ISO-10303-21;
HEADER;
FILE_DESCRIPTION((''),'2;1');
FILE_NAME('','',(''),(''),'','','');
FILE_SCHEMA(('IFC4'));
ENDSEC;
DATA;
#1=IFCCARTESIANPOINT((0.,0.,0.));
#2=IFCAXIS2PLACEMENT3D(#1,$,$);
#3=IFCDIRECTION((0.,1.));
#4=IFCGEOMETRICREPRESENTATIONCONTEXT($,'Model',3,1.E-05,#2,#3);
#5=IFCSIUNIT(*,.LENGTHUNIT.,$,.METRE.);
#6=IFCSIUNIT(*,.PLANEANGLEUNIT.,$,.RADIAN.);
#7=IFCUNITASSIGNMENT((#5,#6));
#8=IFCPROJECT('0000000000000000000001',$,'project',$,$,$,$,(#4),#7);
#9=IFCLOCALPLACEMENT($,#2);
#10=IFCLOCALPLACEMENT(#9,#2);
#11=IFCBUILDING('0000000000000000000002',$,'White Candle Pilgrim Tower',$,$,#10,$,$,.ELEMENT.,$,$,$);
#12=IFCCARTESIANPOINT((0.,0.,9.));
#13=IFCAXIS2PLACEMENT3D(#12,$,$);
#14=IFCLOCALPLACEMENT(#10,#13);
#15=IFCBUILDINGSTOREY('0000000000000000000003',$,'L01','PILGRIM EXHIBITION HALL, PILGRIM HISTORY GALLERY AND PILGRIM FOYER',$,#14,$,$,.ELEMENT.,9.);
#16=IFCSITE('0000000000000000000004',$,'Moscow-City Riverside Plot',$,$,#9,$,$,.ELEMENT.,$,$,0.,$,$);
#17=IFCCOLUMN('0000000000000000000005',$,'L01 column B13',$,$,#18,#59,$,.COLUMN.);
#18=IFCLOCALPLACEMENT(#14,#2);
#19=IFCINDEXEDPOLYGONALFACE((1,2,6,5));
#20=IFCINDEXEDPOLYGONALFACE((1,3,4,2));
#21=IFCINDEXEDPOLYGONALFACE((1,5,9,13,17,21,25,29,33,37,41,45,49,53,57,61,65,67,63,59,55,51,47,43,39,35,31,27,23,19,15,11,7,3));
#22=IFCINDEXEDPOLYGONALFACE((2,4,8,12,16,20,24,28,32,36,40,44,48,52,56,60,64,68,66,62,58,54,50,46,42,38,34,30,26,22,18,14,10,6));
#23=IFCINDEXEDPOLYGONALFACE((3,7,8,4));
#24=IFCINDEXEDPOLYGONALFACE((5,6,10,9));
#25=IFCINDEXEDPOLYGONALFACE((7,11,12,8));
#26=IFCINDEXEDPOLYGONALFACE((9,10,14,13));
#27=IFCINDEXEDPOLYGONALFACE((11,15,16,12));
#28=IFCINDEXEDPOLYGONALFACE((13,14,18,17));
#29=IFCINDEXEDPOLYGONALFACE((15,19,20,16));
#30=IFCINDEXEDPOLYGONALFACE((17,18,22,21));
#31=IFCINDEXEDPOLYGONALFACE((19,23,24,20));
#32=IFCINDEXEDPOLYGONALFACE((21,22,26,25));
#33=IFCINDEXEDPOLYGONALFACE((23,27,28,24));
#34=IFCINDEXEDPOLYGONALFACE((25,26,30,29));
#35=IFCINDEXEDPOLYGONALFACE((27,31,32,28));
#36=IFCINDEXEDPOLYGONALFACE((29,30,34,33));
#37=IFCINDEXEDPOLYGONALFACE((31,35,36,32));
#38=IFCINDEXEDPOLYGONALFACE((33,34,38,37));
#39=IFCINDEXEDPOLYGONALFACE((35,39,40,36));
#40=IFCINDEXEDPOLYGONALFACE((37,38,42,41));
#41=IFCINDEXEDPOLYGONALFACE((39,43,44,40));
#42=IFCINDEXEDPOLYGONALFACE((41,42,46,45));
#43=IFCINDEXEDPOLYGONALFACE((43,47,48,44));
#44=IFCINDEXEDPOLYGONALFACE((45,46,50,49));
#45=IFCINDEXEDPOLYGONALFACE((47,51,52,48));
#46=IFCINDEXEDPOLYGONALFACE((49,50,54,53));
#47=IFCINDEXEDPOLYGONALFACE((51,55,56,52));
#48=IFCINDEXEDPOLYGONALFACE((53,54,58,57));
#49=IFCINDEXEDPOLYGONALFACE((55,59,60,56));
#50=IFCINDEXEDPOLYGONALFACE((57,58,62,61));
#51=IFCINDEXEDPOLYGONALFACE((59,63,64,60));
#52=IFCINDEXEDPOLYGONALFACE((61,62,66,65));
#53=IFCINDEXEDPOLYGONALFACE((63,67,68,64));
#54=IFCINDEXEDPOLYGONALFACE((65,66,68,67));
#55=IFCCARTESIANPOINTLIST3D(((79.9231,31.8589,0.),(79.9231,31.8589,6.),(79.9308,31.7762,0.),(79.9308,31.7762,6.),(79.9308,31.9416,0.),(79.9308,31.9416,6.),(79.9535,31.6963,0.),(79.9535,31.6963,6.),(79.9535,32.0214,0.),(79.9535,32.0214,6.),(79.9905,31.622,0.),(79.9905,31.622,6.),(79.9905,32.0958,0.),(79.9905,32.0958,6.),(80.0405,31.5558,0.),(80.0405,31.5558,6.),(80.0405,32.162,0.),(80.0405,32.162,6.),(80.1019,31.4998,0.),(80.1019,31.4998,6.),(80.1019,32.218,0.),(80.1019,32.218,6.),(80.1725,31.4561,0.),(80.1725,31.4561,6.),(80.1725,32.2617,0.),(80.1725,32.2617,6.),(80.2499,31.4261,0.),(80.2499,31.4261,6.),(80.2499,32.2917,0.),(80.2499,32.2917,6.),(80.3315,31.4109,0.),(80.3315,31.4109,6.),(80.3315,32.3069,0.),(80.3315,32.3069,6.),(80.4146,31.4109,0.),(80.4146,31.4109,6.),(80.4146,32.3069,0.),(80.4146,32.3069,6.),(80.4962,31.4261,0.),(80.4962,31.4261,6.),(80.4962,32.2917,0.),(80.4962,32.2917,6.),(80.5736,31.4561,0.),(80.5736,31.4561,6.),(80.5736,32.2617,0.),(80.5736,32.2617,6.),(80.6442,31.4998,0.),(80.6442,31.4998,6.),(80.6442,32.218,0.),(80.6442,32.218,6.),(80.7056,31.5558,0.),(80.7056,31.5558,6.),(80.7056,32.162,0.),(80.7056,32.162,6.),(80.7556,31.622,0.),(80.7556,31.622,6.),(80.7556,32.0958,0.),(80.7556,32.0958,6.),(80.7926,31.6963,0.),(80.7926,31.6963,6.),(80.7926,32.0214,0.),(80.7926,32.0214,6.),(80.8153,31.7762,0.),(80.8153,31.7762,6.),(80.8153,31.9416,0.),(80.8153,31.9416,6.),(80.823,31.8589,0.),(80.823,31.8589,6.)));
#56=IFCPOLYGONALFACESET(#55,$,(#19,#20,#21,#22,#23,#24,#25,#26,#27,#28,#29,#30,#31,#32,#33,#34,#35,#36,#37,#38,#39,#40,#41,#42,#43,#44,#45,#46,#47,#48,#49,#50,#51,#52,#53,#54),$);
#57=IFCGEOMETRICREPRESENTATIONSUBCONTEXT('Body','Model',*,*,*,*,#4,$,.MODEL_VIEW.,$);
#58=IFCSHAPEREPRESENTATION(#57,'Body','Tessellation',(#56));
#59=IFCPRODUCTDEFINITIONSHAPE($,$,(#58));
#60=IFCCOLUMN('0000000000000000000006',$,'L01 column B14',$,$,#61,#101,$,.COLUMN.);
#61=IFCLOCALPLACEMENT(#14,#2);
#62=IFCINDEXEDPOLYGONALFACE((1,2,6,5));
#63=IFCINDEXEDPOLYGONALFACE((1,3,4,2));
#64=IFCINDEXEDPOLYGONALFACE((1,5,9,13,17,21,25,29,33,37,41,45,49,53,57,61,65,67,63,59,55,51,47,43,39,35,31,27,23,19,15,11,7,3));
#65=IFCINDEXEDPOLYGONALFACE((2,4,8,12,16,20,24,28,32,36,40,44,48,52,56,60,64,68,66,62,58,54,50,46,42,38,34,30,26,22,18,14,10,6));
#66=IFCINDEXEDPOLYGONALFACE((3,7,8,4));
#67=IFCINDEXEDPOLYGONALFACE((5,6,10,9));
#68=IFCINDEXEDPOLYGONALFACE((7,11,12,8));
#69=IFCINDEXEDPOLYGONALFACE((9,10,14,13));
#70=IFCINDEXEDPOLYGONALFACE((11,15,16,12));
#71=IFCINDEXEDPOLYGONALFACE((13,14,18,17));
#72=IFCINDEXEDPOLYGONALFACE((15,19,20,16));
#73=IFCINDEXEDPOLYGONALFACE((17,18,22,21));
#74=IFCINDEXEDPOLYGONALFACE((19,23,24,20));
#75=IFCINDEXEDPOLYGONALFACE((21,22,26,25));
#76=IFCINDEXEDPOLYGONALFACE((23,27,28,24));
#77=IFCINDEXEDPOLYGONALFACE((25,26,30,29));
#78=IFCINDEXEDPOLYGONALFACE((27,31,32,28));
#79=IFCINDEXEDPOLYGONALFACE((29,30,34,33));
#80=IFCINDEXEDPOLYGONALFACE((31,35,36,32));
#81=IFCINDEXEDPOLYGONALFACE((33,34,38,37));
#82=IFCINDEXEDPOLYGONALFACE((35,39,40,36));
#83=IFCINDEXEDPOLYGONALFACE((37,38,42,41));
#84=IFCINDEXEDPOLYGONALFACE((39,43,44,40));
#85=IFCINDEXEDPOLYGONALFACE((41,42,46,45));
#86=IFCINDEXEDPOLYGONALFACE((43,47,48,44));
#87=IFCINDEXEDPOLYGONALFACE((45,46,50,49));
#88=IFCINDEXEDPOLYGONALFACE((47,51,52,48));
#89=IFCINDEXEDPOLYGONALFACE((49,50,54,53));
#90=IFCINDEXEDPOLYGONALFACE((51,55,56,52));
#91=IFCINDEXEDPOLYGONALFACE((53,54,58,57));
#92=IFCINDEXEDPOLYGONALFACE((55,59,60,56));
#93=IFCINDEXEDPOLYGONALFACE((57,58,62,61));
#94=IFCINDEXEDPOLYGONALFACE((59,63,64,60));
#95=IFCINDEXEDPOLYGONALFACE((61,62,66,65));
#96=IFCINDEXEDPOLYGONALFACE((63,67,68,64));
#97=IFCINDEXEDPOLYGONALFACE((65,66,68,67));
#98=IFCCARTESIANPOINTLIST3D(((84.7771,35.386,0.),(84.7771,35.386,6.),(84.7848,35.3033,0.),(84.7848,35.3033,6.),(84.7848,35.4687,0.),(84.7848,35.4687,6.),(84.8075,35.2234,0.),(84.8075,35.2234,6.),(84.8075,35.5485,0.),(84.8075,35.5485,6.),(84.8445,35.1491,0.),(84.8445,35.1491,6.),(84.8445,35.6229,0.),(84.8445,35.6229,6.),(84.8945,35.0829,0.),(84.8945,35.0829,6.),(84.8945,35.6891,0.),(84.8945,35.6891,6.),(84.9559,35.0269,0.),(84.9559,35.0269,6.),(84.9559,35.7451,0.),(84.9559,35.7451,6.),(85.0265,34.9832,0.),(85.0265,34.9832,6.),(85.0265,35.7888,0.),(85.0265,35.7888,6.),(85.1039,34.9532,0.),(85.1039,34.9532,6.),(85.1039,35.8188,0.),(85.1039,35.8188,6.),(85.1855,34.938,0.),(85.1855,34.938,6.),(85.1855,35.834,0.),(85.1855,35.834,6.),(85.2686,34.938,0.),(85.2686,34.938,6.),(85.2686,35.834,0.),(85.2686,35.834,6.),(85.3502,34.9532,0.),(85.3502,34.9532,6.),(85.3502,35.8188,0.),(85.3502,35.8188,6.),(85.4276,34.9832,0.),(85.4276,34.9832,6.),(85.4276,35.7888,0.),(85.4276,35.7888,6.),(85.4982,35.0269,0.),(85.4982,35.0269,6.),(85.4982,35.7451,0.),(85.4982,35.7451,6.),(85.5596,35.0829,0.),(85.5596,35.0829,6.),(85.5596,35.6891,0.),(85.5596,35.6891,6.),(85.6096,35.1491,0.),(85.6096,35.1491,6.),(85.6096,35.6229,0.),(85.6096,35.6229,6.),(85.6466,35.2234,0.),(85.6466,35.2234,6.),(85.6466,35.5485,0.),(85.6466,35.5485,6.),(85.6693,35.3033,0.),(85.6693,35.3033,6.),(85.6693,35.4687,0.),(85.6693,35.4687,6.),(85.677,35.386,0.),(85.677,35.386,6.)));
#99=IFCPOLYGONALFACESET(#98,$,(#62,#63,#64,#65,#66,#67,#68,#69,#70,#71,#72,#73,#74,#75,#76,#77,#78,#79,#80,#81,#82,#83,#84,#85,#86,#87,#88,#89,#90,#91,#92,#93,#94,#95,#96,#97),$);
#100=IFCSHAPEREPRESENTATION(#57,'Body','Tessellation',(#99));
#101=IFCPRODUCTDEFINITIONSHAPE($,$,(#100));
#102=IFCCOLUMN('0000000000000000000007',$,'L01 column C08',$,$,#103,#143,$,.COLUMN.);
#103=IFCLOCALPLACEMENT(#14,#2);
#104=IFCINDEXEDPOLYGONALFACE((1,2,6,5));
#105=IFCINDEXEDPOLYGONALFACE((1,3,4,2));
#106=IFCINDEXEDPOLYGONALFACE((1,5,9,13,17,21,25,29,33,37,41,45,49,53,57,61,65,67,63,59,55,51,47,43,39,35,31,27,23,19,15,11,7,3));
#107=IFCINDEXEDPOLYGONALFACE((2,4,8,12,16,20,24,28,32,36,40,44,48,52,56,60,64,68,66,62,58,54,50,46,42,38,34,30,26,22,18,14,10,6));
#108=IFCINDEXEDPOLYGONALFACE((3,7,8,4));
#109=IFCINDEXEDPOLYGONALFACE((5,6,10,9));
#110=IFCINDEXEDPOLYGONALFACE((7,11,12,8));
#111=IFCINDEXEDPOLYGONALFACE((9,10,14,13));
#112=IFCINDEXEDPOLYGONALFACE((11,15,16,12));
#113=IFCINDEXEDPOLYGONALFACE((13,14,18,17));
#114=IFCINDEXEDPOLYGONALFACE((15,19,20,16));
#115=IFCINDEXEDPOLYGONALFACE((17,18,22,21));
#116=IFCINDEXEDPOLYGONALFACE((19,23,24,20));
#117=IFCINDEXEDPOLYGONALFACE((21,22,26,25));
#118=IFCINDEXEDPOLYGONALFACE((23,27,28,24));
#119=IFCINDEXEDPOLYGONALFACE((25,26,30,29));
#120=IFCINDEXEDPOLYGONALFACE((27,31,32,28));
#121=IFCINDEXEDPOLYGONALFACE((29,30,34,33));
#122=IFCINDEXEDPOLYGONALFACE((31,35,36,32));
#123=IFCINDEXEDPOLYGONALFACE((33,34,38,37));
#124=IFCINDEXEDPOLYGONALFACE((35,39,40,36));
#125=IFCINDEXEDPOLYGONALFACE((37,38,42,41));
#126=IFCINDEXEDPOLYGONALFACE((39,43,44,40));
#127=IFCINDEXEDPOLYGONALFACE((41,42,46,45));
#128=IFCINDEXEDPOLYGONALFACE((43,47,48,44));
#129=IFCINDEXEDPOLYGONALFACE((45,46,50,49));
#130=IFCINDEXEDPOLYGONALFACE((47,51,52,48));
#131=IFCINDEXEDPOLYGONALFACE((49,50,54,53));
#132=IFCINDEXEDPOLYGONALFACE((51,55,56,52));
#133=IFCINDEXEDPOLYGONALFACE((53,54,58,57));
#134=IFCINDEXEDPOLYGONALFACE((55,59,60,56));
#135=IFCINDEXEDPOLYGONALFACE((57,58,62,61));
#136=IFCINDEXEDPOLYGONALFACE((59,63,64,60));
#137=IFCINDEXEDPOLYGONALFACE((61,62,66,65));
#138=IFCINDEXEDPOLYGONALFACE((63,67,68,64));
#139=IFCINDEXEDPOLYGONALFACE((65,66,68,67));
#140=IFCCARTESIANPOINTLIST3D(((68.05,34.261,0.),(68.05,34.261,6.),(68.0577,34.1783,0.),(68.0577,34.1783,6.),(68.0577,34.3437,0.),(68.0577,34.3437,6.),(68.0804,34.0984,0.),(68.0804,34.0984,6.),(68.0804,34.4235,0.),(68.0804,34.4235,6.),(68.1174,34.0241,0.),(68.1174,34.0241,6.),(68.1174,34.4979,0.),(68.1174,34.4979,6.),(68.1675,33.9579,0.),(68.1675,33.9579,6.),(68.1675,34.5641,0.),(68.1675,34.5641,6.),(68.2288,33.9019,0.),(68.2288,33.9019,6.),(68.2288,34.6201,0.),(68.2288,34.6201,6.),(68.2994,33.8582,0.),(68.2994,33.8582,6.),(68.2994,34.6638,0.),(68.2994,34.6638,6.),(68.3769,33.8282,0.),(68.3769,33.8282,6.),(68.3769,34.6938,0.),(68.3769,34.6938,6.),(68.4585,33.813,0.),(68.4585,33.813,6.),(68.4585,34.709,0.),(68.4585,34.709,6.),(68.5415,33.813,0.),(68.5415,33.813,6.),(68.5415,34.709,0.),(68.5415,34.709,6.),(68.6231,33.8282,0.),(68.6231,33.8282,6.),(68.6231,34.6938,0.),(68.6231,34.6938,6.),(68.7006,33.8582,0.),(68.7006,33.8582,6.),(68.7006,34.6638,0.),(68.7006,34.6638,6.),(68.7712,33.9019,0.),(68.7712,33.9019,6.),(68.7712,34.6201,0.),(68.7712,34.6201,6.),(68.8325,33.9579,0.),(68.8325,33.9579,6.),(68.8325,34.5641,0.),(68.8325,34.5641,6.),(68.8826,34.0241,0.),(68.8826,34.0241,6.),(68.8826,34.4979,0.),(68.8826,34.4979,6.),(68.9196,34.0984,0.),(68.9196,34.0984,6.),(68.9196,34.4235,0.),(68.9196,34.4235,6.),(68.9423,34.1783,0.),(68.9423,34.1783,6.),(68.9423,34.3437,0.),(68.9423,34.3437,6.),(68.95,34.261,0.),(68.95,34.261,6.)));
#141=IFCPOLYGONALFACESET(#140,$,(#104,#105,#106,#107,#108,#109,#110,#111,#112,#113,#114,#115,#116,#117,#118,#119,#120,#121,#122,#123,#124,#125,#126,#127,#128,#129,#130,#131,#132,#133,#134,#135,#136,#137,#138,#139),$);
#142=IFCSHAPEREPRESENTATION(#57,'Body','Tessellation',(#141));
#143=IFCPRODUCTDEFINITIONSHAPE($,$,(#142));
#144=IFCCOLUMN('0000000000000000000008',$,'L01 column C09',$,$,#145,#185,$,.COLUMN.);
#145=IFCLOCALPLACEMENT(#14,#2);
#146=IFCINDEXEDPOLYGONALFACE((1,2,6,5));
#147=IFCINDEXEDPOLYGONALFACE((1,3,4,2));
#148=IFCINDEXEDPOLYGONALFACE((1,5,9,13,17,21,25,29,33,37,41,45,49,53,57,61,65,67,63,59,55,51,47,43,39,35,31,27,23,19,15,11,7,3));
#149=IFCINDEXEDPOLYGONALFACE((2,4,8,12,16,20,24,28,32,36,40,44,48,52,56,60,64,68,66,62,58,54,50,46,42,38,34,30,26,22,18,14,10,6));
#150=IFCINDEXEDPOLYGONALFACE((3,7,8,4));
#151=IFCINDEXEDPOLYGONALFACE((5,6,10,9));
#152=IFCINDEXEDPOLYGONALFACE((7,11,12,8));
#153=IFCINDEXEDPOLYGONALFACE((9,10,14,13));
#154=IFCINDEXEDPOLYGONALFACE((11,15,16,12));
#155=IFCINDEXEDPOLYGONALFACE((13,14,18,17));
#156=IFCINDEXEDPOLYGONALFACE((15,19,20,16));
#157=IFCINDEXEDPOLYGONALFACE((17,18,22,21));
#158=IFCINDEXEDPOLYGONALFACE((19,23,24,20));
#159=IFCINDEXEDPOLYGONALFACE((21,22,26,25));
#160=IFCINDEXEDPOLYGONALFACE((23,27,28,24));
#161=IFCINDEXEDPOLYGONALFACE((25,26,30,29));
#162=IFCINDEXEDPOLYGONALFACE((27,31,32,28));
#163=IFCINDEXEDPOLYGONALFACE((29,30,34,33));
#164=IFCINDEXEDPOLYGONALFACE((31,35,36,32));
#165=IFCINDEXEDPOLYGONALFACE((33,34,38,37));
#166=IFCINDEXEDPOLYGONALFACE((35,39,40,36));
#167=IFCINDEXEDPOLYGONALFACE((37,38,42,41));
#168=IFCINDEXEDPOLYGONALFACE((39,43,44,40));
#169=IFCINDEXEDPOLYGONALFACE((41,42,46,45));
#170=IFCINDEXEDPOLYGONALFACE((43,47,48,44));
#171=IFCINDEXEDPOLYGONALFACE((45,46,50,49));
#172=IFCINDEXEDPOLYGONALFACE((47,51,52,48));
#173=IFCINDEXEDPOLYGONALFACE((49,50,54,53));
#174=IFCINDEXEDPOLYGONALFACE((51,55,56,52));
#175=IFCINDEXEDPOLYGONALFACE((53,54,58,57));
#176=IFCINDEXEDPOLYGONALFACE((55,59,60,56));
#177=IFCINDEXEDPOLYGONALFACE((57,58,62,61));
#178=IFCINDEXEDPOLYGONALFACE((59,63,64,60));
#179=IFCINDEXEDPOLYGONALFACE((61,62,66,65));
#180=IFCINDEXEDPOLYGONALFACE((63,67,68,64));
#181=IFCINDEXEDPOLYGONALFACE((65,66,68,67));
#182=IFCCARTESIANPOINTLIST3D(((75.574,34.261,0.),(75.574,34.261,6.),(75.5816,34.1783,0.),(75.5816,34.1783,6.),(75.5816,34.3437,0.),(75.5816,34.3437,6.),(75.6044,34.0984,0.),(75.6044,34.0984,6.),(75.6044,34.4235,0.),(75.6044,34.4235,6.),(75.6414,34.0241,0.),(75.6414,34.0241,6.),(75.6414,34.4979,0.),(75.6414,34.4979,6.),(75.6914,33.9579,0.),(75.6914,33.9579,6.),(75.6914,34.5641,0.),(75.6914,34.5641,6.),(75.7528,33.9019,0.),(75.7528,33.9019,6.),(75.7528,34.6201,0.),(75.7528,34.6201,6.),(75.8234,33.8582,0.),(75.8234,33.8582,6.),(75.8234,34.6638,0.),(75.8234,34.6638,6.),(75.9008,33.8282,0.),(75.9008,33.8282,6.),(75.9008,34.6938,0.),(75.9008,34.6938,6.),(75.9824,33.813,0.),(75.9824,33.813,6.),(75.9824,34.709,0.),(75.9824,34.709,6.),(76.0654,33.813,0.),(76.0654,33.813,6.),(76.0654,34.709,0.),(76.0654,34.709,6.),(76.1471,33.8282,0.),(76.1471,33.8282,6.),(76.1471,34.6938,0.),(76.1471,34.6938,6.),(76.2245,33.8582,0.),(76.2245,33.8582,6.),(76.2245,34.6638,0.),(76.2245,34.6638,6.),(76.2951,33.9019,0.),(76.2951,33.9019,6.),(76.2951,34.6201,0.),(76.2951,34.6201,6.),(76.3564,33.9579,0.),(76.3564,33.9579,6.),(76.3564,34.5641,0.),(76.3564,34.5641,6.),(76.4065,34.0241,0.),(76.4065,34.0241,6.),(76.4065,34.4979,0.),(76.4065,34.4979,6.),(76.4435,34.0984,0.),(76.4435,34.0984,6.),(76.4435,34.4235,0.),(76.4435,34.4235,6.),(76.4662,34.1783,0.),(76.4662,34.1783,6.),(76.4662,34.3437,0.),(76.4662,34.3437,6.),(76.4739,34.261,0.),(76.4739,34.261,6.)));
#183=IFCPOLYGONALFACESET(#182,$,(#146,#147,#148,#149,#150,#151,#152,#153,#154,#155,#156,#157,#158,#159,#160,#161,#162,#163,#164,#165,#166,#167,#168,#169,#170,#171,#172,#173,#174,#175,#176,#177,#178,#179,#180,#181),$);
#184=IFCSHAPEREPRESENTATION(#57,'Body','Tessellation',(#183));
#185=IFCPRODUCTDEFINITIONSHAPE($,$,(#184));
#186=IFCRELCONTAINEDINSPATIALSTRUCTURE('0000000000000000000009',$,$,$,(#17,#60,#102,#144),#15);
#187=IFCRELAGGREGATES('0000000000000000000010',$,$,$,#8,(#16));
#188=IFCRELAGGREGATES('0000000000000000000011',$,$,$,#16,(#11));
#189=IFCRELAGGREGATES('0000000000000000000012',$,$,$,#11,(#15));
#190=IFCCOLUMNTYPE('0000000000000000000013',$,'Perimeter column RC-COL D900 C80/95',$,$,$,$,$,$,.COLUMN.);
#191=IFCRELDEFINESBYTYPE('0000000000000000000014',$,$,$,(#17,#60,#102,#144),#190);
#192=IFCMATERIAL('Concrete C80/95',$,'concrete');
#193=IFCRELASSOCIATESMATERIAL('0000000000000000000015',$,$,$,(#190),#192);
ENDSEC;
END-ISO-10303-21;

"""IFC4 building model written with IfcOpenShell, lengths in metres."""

from ifc_helpers import new_model, si_unit, direction, frame, origin, origin_2d, place, context, subcontext, project, spatial, circle, extrude, material, material_profile, profile_set, type_object, element, save


model = new_model("IFC4")

# Units and contexts
model_context = context("Model", 3, precision=1e-05, world=origin(), true_north=direction((0.0, 1.0)))
body_context = subcontext(model_context, "Body", "Model", "MODEL_VIEW")
ifc_project = project(units=[si_unit("LENGTHUNIT", "METRE"), si_unit("PLANEANGLEUNIT", "RADIAN")], contexts=[model_context])

# Site, building, storey
site_placement = place(None, origin())
site = spatial("IfcSite", under=ifc_project, at=site_placement, Name="Moscow-City Riverside Plot", CompositionType="ELEMENT", RefElevation=0.0)
building_placement = place(site_placement, origin())
building = spatial("IfcBuilding", under=site, at=building_placement, Name="White Candle Pilgrim Tower", CompositionType="ELEMENT")
storey_placement = place(building_placement, frame((0.0, 0.0, 9.0)))
storey = spatial("IfcBuildingStorey", under=building, at=storey_placement, Name="L01", Description="PILGRIM EXHIBITION HALL, PILGRIM HISTORY GALLERY AND PILGRIM FOYER", CompositionType="ELEMENT", Elevation=9.0)

# Columns
ifc_material_1 = material(Name="Concrete C80/95", Category="concrete")
ifc_material_profile_1 = material_profile(ifc_material_1, circle(Radius=0.45, at=origin_2d()), Name="RC-COL D900")
ifc_profile_set_1 = profile_set([ifc_material_profile_1], Name="Concrete C80/95")
column_type = type_object("IfcColumnType", Name="Perimeter column RC-COL D900 C80/95", PredefinedType="COLUMN", material=ifc_profile_set_1)
for number, where, z_axis, x_axis, name in (
    (1, (80.373, 31.8589, 0.0), (0.0, 0.0, 1.0), (1.0, 0.0, 0.0), "L01 column B13"),
    (2, (85.2271, 35.386, 0.0), (0.0, 0.0, 1.0), (1.0, 0.0, 0.0), "L01 column B14"),
    (3, (68.5, 34.261, 0.0), (0.0, 0.0, 1.0), (1.0, 0.0, 0.0), "L01 column C08"),
    (4, (76.0239, 34.261, 0.0), (0.0, 0.0, 1.0), (1.0, 0.0, 0.0), "L01 column C09"),
):
    element("IfcColumn", number, at=place(storey_placement, frame(where, z_axis=z_axis, x_axis=x_axis)), inside=storey, type_object=column_type, Name=name, PredefinedType="COLUMN", context=body_context, shape_type="SweptSolid", body=[
        extrude(circle(Radius=0.45, at=origin_2d()), origin(), (0.0, 0.0, 1.0), 6.0),
    ])

save(model, "model.ifc")
